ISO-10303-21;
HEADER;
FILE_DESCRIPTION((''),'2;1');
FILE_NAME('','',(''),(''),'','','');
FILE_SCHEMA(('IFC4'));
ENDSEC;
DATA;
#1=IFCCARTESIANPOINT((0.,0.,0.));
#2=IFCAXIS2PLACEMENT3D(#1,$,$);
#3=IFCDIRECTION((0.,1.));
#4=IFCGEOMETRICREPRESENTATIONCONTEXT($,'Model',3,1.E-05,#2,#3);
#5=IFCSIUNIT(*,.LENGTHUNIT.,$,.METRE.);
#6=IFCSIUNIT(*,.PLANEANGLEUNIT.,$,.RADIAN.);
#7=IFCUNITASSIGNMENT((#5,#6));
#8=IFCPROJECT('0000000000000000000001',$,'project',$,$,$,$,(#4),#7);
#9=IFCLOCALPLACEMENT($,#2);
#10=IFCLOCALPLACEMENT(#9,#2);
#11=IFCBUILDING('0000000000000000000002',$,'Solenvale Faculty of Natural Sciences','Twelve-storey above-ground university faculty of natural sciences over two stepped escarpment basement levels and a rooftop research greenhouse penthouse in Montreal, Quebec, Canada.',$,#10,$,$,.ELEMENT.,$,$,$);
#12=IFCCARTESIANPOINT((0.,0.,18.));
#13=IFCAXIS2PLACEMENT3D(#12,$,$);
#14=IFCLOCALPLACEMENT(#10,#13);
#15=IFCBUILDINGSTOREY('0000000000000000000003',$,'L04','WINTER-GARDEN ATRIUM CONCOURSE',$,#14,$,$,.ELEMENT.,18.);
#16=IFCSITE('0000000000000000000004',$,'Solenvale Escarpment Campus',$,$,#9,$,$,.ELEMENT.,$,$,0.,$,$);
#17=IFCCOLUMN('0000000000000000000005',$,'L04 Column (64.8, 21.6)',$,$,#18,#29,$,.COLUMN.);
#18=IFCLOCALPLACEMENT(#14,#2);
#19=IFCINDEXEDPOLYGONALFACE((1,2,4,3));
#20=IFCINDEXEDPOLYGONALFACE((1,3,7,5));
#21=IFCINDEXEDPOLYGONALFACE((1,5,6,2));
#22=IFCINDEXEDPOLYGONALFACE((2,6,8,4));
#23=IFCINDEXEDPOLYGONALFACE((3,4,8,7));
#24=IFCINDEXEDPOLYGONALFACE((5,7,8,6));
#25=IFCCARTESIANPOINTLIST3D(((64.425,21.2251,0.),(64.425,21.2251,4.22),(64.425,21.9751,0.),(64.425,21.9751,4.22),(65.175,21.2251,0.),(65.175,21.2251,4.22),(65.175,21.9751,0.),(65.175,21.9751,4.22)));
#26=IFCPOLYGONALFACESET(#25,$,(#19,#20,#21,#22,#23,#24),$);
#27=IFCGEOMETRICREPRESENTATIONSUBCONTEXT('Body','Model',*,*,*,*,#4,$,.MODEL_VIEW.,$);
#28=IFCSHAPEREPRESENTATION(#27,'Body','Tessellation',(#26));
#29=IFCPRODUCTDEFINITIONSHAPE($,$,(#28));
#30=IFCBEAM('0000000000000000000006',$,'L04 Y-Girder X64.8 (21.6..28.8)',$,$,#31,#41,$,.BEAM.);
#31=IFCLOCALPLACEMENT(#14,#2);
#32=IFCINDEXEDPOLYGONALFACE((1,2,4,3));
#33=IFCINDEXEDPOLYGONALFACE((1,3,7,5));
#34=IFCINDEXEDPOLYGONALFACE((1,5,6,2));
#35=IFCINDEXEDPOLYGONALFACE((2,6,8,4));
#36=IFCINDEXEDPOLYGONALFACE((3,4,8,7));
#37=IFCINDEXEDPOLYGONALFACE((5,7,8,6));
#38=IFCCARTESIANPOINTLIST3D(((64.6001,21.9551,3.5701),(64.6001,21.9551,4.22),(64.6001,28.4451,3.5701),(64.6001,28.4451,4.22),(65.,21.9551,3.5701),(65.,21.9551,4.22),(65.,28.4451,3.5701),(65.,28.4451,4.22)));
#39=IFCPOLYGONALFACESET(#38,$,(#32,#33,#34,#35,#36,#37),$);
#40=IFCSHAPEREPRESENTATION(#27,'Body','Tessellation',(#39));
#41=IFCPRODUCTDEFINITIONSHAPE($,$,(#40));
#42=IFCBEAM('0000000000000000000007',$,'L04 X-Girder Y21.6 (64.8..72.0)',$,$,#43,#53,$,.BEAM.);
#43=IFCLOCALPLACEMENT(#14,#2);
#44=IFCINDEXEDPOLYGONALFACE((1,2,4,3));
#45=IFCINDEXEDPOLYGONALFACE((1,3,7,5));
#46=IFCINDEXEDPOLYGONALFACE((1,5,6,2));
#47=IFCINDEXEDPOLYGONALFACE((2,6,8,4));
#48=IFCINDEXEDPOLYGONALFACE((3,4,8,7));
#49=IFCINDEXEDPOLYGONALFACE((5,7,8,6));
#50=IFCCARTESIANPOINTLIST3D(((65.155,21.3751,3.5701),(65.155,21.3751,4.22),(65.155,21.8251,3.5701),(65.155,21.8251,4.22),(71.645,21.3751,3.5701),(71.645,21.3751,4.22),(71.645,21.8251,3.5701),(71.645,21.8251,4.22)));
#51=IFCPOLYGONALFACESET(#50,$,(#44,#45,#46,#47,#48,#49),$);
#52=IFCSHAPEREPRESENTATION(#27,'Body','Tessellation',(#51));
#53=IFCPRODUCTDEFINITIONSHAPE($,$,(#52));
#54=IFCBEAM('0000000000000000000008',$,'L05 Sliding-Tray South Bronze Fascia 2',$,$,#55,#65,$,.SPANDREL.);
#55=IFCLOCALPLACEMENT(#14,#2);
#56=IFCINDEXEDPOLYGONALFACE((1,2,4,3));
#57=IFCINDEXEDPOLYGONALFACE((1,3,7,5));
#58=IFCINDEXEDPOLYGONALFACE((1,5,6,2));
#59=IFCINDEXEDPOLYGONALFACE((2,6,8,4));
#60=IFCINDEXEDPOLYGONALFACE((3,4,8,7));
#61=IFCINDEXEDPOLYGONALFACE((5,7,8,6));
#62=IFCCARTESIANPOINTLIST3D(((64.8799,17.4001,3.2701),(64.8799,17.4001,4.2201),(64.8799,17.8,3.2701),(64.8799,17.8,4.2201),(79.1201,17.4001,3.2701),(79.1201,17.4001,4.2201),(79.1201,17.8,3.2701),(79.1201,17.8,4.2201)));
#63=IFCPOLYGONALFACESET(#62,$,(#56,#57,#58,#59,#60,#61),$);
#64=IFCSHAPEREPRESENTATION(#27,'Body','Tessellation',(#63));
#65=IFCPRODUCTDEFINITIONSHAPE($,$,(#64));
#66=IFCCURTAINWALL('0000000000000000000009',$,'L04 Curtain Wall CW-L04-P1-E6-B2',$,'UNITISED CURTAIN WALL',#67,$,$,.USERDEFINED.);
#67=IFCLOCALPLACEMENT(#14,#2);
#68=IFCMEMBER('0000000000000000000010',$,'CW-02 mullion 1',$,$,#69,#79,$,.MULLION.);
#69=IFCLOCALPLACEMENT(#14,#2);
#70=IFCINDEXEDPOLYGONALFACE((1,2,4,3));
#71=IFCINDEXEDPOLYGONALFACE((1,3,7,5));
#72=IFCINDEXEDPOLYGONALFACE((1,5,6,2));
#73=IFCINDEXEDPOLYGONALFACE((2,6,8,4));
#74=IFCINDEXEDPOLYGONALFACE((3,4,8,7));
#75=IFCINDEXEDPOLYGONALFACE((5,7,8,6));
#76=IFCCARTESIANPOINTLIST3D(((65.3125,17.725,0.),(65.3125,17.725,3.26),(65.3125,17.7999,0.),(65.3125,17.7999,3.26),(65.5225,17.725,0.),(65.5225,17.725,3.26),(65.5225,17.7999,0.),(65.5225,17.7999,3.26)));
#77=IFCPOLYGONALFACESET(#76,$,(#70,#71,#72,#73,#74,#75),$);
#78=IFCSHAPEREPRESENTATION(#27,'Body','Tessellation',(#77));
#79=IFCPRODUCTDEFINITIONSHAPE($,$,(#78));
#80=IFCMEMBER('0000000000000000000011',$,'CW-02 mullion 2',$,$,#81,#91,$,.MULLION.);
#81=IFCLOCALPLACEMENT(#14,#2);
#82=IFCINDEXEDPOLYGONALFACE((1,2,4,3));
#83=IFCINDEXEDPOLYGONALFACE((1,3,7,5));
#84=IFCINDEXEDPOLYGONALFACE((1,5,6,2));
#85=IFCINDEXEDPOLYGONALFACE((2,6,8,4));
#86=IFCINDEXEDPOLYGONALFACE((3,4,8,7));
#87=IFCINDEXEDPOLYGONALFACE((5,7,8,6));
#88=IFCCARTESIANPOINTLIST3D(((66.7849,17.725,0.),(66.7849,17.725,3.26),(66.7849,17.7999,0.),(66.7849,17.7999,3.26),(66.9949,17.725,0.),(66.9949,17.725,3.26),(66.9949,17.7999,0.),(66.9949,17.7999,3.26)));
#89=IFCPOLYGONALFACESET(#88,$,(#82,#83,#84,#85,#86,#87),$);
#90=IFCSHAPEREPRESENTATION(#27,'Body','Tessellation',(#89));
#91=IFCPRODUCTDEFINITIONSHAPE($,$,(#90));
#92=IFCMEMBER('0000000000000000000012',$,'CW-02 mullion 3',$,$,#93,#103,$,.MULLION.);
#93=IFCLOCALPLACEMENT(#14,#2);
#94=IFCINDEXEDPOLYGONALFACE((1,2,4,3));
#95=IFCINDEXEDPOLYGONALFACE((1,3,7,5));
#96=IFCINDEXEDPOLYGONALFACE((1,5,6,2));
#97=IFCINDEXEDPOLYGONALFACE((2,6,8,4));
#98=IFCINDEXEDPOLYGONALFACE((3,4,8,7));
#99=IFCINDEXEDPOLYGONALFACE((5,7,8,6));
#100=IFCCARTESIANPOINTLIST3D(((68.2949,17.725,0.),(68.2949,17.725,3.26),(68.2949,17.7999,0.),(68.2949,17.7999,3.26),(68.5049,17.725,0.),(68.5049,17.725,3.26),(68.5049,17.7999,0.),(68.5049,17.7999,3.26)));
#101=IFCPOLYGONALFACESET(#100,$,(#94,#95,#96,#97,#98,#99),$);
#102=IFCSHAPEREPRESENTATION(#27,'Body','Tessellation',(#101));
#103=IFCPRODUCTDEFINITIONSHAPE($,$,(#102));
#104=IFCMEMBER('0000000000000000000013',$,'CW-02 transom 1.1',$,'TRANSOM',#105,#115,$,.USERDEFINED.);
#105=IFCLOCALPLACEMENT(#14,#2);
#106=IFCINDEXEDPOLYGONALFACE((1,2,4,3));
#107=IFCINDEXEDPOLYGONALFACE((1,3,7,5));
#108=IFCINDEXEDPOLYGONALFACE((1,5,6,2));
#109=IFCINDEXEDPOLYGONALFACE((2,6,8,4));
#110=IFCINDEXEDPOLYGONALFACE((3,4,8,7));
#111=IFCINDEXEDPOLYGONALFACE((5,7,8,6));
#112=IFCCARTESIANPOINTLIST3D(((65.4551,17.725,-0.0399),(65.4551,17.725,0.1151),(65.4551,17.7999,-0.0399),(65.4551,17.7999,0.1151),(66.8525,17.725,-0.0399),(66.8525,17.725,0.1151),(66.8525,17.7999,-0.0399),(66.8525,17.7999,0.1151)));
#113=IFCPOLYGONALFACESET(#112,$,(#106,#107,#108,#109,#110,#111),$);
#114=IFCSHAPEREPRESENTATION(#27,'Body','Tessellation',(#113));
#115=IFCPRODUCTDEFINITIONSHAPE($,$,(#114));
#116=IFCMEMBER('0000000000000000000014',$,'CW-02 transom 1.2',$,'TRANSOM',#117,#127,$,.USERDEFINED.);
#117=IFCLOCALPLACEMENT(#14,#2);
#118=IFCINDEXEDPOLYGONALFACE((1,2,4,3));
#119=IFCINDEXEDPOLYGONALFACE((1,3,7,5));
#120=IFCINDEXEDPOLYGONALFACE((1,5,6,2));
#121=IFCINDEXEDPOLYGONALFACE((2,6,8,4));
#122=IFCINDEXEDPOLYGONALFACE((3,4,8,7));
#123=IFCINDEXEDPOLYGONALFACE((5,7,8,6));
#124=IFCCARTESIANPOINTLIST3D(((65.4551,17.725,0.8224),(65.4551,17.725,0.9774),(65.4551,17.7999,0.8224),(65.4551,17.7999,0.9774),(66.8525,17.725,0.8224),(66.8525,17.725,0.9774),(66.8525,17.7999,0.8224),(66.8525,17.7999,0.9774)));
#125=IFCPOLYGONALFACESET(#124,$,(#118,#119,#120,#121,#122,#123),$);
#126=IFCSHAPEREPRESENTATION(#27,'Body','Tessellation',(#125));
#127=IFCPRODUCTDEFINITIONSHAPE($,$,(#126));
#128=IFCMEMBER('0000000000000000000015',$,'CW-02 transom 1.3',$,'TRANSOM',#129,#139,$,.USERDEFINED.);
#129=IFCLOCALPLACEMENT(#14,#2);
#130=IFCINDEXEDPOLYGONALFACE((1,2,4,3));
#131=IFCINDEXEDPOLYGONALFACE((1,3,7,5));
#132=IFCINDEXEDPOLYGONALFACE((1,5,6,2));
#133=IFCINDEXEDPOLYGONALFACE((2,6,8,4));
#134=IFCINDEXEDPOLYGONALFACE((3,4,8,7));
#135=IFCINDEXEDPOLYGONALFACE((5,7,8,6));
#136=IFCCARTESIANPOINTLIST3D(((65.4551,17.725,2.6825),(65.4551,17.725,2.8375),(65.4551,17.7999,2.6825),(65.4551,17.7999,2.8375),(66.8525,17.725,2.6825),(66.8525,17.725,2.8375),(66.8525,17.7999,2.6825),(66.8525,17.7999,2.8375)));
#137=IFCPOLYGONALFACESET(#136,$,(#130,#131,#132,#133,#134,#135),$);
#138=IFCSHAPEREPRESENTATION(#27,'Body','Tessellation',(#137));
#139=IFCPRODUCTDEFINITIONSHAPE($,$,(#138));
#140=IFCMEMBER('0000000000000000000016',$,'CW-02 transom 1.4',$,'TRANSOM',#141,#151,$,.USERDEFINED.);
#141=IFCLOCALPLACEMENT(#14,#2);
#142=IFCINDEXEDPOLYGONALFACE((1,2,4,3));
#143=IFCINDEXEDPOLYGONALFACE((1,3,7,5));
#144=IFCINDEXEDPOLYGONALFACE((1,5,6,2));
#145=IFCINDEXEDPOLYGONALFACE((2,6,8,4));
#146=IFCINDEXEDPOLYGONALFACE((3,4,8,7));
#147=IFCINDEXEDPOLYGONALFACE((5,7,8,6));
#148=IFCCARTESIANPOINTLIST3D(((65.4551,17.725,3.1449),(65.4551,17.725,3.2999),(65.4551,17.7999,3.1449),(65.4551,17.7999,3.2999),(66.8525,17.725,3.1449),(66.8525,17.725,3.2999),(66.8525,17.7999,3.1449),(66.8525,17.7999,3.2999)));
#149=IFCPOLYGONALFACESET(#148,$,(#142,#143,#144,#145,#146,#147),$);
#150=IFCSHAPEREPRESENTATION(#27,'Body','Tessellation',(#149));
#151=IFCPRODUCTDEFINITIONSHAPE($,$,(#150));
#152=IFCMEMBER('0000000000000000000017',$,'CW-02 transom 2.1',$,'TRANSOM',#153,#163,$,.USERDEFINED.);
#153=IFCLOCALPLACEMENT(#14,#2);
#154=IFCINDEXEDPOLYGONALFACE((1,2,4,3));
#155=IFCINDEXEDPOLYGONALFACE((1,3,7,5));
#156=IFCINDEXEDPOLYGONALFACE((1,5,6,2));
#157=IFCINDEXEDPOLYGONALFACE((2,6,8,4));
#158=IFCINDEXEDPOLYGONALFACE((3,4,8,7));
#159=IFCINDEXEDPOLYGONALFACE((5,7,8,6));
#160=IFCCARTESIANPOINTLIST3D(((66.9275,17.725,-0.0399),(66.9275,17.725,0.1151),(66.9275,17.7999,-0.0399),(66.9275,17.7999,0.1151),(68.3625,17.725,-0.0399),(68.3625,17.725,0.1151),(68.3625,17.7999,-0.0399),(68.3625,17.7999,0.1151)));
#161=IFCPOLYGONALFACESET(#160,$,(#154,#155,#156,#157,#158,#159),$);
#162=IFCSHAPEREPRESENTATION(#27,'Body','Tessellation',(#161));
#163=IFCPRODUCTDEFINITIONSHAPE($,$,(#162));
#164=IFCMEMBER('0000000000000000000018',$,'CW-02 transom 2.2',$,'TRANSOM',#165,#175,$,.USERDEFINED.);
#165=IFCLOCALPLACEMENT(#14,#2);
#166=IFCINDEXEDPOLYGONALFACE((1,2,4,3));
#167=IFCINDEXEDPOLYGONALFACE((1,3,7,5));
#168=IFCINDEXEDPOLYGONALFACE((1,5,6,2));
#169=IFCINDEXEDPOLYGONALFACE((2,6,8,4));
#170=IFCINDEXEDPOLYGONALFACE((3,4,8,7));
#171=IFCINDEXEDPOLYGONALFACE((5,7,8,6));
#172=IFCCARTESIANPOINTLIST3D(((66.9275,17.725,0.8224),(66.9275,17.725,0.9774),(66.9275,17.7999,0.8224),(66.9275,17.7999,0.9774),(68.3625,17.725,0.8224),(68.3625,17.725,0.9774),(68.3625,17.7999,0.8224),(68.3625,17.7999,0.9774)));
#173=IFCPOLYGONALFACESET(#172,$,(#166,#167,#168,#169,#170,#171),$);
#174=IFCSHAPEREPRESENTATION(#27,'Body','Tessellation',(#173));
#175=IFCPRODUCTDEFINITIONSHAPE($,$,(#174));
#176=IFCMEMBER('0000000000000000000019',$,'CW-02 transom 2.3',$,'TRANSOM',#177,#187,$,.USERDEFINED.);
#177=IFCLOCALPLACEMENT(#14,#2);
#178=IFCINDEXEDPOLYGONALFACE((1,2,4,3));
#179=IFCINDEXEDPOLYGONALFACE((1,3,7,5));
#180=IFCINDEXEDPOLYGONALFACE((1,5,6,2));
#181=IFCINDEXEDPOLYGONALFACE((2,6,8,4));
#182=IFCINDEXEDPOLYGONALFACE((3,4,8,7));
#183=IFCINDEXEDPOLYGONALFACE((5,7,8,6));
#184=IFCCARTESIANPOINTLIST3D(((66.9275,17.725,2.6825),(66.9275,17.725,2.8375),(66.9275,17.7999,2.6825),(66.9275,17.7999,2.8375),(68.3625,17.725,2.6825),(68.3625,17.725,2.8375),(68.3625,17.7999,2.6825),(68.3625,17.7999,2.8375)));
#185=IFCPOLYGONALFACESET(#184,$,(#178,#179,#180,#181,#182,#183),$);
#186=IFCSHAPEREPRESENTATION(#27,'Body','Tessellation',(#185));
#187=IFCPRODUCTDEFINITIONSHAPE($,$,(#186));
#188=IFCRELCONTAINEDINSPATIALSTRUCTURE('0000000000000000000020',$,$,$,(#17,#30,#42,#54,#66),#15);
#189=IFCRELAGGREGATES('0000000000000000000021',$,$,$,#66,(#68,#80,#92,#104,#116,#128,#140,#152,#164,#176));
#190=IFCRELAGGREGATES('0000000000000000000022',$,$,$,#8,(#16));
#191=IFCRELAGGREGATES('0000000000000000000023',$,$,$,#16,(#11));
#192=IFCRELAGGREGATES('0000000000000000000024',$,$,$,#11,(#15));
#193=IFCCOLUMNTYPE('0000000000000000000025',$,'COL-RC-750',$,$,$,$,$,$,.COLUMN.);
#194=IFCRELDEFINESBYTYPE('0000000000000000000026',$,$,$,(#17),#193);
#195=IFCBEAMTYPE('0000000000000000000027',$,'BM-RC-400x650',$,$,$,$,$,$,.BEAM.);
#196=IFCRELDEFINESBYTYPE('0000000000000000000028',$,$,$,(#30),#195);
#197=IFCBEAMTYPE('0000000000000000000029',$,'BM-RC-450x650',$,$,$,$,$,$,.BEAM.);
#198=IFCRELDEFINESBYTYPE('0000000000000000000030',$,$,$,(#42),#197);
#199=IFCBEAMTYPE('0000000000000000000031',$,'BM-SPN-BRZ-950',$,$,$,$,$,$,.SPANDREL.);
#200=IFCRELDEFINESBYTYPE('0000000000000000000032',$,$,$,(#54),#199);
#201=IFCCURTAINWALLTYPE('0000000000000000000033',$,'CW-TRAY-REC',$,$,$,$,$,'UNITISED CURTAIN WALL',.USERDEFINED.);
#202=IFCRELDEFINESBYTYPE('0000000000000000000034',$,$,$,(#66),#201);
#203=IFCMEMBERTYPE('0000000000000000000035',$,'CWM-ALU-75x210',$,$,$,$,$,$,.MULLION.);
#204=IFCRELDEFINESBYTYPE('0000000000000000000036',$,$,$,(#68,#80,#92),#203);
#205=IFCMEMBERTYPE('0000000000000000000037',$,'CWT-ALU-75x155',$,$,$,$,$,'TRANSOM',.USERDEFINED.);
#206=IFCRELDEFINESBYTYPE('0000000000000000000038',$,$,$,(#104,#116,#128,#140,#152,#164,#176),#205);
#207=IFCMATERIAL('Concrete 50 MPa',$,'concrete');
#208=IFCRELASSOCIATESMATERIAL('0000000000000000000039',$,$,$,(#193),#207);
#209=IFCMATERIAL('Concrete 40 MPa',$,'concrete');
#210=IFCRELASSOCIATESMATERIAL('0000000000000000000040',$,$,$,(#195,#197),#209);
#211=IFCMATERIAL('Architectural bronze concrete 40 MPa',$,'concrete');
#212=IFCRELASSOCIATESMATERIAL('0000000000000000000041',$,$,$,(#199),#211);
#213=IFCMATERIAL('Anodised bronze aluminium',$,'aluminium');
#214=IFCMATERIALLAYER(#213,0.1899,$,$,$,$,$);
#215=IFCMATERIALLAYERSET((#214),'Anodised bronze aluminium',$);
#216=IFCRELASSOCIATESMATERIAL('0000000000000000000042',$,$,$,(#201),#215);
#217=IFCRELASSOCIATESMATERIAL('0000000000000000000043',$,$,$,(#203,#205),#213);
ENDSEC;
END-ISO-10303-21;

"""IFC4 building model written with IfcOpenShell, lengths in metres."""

from ifc_helpers import new_model, si_unit, direction, frame, origin, origin_2d, place, context, subcontext, project, spatial, rectangle, extrude, material, layer, layer_set, material_profile, profile_set, type_object, element, aggregate, save


model = new_model("IFC4")

# Units and contexts
model_context = context("Model", 3, precision=1e-05, world=origin(), true_north=direction((0.0, 1.0)))
body_context = subcontext(model_context, "Body", "Model", "MODEL_VIEW")
ifc_project = project(units=[si_unit("LENGTHUNIT", "METRE"), si_unit("PLANEANGLEUNIT", "RADIAN")], contexts=[model_context])

# Site, building, storey
site_placement = place(None, origin())
site = spatial("IfcSite", under=ifc_project, at=site_placement, Name="Solenvale Escarpment Campus", CompositionType="ELEMENT", RefElevation=0.0)
building_placement = place(site_placement, origin())
building = spatial("IfcBuilding", under=site, at=building_placement, Name="Solenvale Faculty of Natural Sciences", Description="Twelve-storey above-ground university faculty of natural sciences over two stepped escarpment basement levels and a rooftop research greenhouse penthouse in Montreal, Quebec, Canada.", CompositionType="ELEMENT")
storey_placement = place(building_placement, frame((0.0, 0.0, 18.0)))
storey = spatial("IfcBuildingStorey", under=building, at=storey_placement, Name="L04", Description="WINTER-GARDEN ATRIUM CONCOURSE", CompositionType="ELEMENT", Elevation=18.0)

# Column
ifc_material_1 = material(Name="Concrete 50 MPa", Category="concrete")
ifc_material_profile_1 = material_profile(ifc_material_1, rectangle(XDim=0.75, YDim=0.75, at=origin_2d()), Name="RC-COL-750x750")
ifc_profile_set_1 = profile_set([ifc_material_profile_1], Name="Concrete 50 MPa")
column_type = type_object("IfcColumnType", Name="COL-RC-750", PredefinedType="COLUMN", material=ifc_profile_set_1)
column_placement = place(storey_placement, frame((64.8, 21.6001, 0.0), z_axis=(0.0, 0.0, 1.0), x_axis=(1.0, 0.0, 0.0)))
element("IfcColumn", 1, at=column_placement, inside=storey, type_object=column_type, Name="L04 Column (64.8, 21.6)", PredefinedType="COLUMN", context=body_context, shape_type="SweptSolid", body=[
    extrude(rectangle(XDim=0.75, YDim=0.75, at=origin_2d()), origin(), (0.0, 0.0, 1.0), 4.22),
])

# Beams
ifc_material_2 = material(Name="Concrete 40 MPa", Category="concrete")
ifc_material_profile_2 = material_profile(ifc_material_2, rectangle(XDim=0.3999, YDim=0.6499, at=origin_2d()), Name="RC-BM-400x650")
ifc_profile_set_2 = profile_set([ifc_material_profile_2], Name="Concrete 40 MPa")
beam_type_1 = type_object("IfcBeamType", Name="BM-RC-400x650", PredefinedType="BEAM", material=ifc_profile_set_2)
beam_1_placement = place(storey_placement, frame((64.8, 21.9551, 3.895), z_axis=(0.0, 1.0, 0.0), x_axis=(-1.0, 0.0, 0.0)))
element("IfcBeam", 2, at=beam_1_placement, inside=storey, type_object=beam_type_1, Name="L04 Y-Girder X64.8 (21.6..28.8)", PredefinedType="BEAM", context=body_context, shape_type="SweptSolid", body=[
    extrude(rectangle(XDim=0.3999, YDim=0.6499, at=origin_2d()), origin(), (0.0, 0.0, 1.0), 6.49),
])
ifc_material_profile_3 = material_profile(ifc_material_2, rectangle(XDim=0.45, YDim=0.6499, at=origin_2d()), Name="RC-BM-450x650")
ifc_profile_set_3 = profile_set([ifc_material_profile_3], Name="Concrete 40 MPa")
beam_type_2 = type_object("IfcBeamType", Name="BM-RC-450x650", PredefinedType="BEAM", material=ifc_profile_set_3)
beam_2_placement = place(storey_placement, frame((65.155, 21.6001, 3.895), z_axis=(1.0, 0.0, 0.0), x_axis=(0.0, 1.0, 0.0)))
element("IfcBeam", 3, at=beam_2_placement, inside=storey, type_object=beam_type_2, Name="L04 X-Girder Y21.6 (64.8..72.0)", PredefinedType="BEAM", context=body_context, shape_type="SweptSolid", body=[
    extrude(rectangle(XDim=0.45, YDim=0.6499, at=origin_2d()), origin(), (0.0, 0.0, 1.0), 6.49),
])
ifc_material_3 = material(Name="Architectural bronze concrete 40 MPa", Category="concrete")
ifc_material_profile_4 = material_profile(ifc_material_3, rectangle(XDim=0.3999, YDim=0.95, at=origin_2d()), Name="RC-SPN-400x950")
ifc_profile_set_4 = profile_set([ifc_material_profile_4], Name="Architectural bronze concrete 40 MPa")
beam_type_3 = type_object("IfcBeamType", Name="BM-SPN-BRZ-950", PredefinedType="SPANDREL", material=ifc_profile_set_4)
beam_3_placement = place(storey_placement, frame((64.8799, 17.6001, 3.7451), z_axis=(1.0, 0.0, 0.0), x_axis=(0.0, 1.0, 0.0)))
element("IfcBeam", 4, at=beam_3_placement, inside=storey, type_object=beam_type_3, Name="L05 Sliding-Tray South Bronze Fascia 2", PredefinedType="SPANDREL", context=body_context, shape_type="SweptSolid", body=[
    extrude(rectangle(XDim=0.3999, YDim=0.95, at=origin_2d()), origin(), (0.0, 0.0, 1.0), 14.2402),
])

# Curtain wall, members
ifc_material_4 = material(Name="Anodised bronze aluminium", Category="aluminium")
ifc_layer_1 = layer(ifc_material_4, 0.1899)
ifc_layer_set_1 = layer_set([ifc_layer_1], Name="Anodised bronze aluminium")
curtain_wall_type = type_object("IfcCurtainWallType", Name="CW-TRAY-REC", ElementType="UNITISED CURTAIN WALL", PredefinedType="USERDEFINED", material=ifc_layer_set_1)
curtain_wall_placement = place(storey_placement, origin())
curtain_wall = element("IfcCurtainWall", 5, at=curtain_wall_placement, inside=storey, type_object=curtain_wall_type, Name="L04 Curtain Wall CW-L04-P1-E6-B2", ObjectType="UNITISED CURTAIN WALL", PredefinedType="USERDEFINED")
ifc_material_profile_5 = material_profile(ifc_material_4, rectangle(XDim=0.075, YDim=0.21, at=origin_2d()), Name="ALU-MUL-75x210")
ifc_profile_set_5 = profile_set([ifc_material_profile_5], Name="Anodised bronze aluminium")
member_type_1 = type_object("IfcMemberType", Name="CWM-ALU-75x210", PredefinedType="MULLION", material=ifc_profile_set_5)
member_1_placement = place(storey_placement, frame((65.4175, 17.7625, 0.0), z_axis=(0.0, 0.0, 1.0), x_axis=(0.0, 1.0, 0.0)))
member_1 = element("IfcMember", 6, at=member_1_placement, type_object=member_type_1, Name="CW-02 mullion 1", PredefinedType="MULLION", context=body_context, shape_type="SweptSolid", body=[
    extrude(rectangle(XDim=0.075, YDim=0.21, at=origin_2d()), origin(), (0.0, 0.0, 1.0), 3.26),
])
member_2_placement = place(storey_placement, frame((66.8899, 17.7625, 0.0), z_axis=(0.0, 0.0, 1.0), x_axis=(0.0, 1.0, 0.0)))
member_2 = element("IfcMember", 7, at=member_2_placement, type_object=member_type_1, Name="CW-02 mullion 2", PredefinedType="MULLION", context=body_context, shape_type="SweptSolid", body=[
    extrude(rectangle(XDim=0.075, YDim=0.21, at=origin_2d()), origin(), (0.0, 0.0, 1.0), 3.26),
])
member_3_placement = place(storey_placement, frame((68.3999, 17.7625, 0.0), z_axis=(0.0, 0.0, 1.0), x_axis=(0.0, 1.0, 0.0)))
member_3 = element("IfcMember", 8, at=member_3_placement, type_object=member_type_1, Name="CW-02 mullion 3", PredefinedType="MULLION", context=body_context, shape_type="SweptSolid", body=[
    extrude(rectangle(XDim=0.075, YDim=0.21, at=origin_2d()), origin(), (0.0, 0.0, 1.0), 3.26),
])
ifc_material_profile_6 = material_profile(ifc_material_4, rectangle(XDim=0.075, YDim=0.155, at=origin_2d()), Name="ALU-TRN-75x155")
ifc_profile_set_6 = profile_set([ifc_material_profile_6], Name="Anodised bronze aluminium")
member_type_2 = type_object("IfcMemberType", Name="CWT-ALU-75x155", ElementType="TRANSOM", PredefinedType="USERDEFINED", material=ifc_profile_set_6)
member_4_placement = place(storey_placement, frame((65.4551, 17.7625, 0.0376), z_axis=(1.0, 0.0, 0.0), x_axis=(0.0, 1.0, 0.0)))
member_4 = element("IfcMember", 9, at=member_4_placement, type_object=member_type_2, Name="CW-02 transom 1.1", ObjectType="TRANSOM", PredefinedType="USERDEFINED", context=body_context, shape_type="SweptSolid", body=[
    extrude(rectangle(XDim=0.075, YDim=0.155, at=origin_2d()), origin(), (0.0, 0.0, 1.0), 1.3975),
])
member_5_placement = place(storey_placement, frame((65.4551, 17.7625, 0.8999), z_axis=(1.0, 0.0, 0.0), x_axis=(0.0, 1.0, 0.0)))
member_5 = element("IfcMember", 10, at=member_5_placement, type_object=member_type_2, Name="CW-02 transom 1.2", ObjectType="TRANSOM", PredefinedType="USERDEFINED", context=body_context, shape_type="SweptSolid", body=[
    extrude(rectangle(XDim=0.075, YDim=0.155, at=origin_2d()), origin(), (0.0, 0.0, 1.0), 1.3975),
])
member_6_placement = place(storey_placement, frame((65.4551, 17.7625, 2.76), z_axis=(1.0, 0.0, 0.0), x_axis=(0.0, 1.0, 0.0)))
member_6 = element("IfcMember", 11, at=member_6_placement, type_object=member_type_2, Name="CW-02 transom 1.3", ObjectType="TRANSOM", PredefinedType="USERDEFINED", context=body_context, shape_type="SweptSolid", body=[
    extrude(rectangle(XDim=0.075, YDim=0.155, at=origin_2d()), origin(), (0.0, 0.0, 1.0), 1.3975),
])
member_7_placement = place(storey_placement, frame((65.4551, 17.7625, 3.2224), z_axis=(1.0, 0.0, 0.0), x_axis=(0.0, 1.0, 0.0)))
member_7 = element("IfcMember", 12, at=member_7_placement, type_object=member_type_2, Name="CW-02 transom 1.4", ObjectType="TRANSOM", PredefinedType="USERDEFINED", context=body_context, shape_type="SweptSolid", body=[
    extrude(rectangle(XDim=0.075, YDim=0.155, at=origin_2d()), origin(), (0.0, 0.0, 1.0), 1.3975),
])
member_8_placement = place(storey_placement, frame((66.9275, 17.7625, 0.0376), z_axis=(1.0, 0.0, 0.0), x_axis=(0.0, 1.0, 0.0)))
member_8 = element("IfcMember", 13, at=member_8_placement, type_object=member_type_2, Name="CW-02 transom 2.1", ObjectType="TRANSOM", PredefinedType="USERDEFINED", context=body_context, shape_type="SweptSolid", body=[
    extrude(rectangle(XDim=0.075, YDim=0.155, at=origin_2d()), origin(), (0.0, 0.0, 1.0), 1.4351),
])
member_9_placement = place(storey_placement, frame((66.9275, 17.7625, 0.8999), z_axis=(1.0, 0.0, 0.0), x_axis=(0.0, 1.0, 0.0)))
member_9 = element("IfcMember", 14, at=member_9_placement, type_object=member_type_2, Name="CW-02 transom 2.2", ObjectType="TRANSOM", PredefinedType="USERDEFINED", context=body_context, shape_type="SweptSolid", body=[
    extrude(rectangle(XDim=0.075, YDim=0.155, at=origin_2d()), origin(), (0.0, 0.0, 1.0), 1.4351),
])
member_10_placement = place(storey_placement, frame((66.9275, 17.7625, 2.76), z_axis=(1.0, 0.0, 0.0), x_axis=(0.0, 1.0, 0.0)))
member_10 = element("IfcMember", 15, at=member_10_placement, type_object=member_type_2, Name="CW-02 transom 2.3", ObjectType="TRANSOM", PredefinedType="USERDEFINED", context=body_context, shape_type="SweptSolid", body=[
    extrude(rectangle(XDim=0.075, YDim=0.155, at=origin_2d()), origin(), (0.0, 0.0, 1.0), 1.4351),
])
aggregate(curtain_wall, [member_1, member_2, member_3, member_4, member_5, member_6, member_7, member_8, member_9, member_10])

save(model, "model.ifc")
